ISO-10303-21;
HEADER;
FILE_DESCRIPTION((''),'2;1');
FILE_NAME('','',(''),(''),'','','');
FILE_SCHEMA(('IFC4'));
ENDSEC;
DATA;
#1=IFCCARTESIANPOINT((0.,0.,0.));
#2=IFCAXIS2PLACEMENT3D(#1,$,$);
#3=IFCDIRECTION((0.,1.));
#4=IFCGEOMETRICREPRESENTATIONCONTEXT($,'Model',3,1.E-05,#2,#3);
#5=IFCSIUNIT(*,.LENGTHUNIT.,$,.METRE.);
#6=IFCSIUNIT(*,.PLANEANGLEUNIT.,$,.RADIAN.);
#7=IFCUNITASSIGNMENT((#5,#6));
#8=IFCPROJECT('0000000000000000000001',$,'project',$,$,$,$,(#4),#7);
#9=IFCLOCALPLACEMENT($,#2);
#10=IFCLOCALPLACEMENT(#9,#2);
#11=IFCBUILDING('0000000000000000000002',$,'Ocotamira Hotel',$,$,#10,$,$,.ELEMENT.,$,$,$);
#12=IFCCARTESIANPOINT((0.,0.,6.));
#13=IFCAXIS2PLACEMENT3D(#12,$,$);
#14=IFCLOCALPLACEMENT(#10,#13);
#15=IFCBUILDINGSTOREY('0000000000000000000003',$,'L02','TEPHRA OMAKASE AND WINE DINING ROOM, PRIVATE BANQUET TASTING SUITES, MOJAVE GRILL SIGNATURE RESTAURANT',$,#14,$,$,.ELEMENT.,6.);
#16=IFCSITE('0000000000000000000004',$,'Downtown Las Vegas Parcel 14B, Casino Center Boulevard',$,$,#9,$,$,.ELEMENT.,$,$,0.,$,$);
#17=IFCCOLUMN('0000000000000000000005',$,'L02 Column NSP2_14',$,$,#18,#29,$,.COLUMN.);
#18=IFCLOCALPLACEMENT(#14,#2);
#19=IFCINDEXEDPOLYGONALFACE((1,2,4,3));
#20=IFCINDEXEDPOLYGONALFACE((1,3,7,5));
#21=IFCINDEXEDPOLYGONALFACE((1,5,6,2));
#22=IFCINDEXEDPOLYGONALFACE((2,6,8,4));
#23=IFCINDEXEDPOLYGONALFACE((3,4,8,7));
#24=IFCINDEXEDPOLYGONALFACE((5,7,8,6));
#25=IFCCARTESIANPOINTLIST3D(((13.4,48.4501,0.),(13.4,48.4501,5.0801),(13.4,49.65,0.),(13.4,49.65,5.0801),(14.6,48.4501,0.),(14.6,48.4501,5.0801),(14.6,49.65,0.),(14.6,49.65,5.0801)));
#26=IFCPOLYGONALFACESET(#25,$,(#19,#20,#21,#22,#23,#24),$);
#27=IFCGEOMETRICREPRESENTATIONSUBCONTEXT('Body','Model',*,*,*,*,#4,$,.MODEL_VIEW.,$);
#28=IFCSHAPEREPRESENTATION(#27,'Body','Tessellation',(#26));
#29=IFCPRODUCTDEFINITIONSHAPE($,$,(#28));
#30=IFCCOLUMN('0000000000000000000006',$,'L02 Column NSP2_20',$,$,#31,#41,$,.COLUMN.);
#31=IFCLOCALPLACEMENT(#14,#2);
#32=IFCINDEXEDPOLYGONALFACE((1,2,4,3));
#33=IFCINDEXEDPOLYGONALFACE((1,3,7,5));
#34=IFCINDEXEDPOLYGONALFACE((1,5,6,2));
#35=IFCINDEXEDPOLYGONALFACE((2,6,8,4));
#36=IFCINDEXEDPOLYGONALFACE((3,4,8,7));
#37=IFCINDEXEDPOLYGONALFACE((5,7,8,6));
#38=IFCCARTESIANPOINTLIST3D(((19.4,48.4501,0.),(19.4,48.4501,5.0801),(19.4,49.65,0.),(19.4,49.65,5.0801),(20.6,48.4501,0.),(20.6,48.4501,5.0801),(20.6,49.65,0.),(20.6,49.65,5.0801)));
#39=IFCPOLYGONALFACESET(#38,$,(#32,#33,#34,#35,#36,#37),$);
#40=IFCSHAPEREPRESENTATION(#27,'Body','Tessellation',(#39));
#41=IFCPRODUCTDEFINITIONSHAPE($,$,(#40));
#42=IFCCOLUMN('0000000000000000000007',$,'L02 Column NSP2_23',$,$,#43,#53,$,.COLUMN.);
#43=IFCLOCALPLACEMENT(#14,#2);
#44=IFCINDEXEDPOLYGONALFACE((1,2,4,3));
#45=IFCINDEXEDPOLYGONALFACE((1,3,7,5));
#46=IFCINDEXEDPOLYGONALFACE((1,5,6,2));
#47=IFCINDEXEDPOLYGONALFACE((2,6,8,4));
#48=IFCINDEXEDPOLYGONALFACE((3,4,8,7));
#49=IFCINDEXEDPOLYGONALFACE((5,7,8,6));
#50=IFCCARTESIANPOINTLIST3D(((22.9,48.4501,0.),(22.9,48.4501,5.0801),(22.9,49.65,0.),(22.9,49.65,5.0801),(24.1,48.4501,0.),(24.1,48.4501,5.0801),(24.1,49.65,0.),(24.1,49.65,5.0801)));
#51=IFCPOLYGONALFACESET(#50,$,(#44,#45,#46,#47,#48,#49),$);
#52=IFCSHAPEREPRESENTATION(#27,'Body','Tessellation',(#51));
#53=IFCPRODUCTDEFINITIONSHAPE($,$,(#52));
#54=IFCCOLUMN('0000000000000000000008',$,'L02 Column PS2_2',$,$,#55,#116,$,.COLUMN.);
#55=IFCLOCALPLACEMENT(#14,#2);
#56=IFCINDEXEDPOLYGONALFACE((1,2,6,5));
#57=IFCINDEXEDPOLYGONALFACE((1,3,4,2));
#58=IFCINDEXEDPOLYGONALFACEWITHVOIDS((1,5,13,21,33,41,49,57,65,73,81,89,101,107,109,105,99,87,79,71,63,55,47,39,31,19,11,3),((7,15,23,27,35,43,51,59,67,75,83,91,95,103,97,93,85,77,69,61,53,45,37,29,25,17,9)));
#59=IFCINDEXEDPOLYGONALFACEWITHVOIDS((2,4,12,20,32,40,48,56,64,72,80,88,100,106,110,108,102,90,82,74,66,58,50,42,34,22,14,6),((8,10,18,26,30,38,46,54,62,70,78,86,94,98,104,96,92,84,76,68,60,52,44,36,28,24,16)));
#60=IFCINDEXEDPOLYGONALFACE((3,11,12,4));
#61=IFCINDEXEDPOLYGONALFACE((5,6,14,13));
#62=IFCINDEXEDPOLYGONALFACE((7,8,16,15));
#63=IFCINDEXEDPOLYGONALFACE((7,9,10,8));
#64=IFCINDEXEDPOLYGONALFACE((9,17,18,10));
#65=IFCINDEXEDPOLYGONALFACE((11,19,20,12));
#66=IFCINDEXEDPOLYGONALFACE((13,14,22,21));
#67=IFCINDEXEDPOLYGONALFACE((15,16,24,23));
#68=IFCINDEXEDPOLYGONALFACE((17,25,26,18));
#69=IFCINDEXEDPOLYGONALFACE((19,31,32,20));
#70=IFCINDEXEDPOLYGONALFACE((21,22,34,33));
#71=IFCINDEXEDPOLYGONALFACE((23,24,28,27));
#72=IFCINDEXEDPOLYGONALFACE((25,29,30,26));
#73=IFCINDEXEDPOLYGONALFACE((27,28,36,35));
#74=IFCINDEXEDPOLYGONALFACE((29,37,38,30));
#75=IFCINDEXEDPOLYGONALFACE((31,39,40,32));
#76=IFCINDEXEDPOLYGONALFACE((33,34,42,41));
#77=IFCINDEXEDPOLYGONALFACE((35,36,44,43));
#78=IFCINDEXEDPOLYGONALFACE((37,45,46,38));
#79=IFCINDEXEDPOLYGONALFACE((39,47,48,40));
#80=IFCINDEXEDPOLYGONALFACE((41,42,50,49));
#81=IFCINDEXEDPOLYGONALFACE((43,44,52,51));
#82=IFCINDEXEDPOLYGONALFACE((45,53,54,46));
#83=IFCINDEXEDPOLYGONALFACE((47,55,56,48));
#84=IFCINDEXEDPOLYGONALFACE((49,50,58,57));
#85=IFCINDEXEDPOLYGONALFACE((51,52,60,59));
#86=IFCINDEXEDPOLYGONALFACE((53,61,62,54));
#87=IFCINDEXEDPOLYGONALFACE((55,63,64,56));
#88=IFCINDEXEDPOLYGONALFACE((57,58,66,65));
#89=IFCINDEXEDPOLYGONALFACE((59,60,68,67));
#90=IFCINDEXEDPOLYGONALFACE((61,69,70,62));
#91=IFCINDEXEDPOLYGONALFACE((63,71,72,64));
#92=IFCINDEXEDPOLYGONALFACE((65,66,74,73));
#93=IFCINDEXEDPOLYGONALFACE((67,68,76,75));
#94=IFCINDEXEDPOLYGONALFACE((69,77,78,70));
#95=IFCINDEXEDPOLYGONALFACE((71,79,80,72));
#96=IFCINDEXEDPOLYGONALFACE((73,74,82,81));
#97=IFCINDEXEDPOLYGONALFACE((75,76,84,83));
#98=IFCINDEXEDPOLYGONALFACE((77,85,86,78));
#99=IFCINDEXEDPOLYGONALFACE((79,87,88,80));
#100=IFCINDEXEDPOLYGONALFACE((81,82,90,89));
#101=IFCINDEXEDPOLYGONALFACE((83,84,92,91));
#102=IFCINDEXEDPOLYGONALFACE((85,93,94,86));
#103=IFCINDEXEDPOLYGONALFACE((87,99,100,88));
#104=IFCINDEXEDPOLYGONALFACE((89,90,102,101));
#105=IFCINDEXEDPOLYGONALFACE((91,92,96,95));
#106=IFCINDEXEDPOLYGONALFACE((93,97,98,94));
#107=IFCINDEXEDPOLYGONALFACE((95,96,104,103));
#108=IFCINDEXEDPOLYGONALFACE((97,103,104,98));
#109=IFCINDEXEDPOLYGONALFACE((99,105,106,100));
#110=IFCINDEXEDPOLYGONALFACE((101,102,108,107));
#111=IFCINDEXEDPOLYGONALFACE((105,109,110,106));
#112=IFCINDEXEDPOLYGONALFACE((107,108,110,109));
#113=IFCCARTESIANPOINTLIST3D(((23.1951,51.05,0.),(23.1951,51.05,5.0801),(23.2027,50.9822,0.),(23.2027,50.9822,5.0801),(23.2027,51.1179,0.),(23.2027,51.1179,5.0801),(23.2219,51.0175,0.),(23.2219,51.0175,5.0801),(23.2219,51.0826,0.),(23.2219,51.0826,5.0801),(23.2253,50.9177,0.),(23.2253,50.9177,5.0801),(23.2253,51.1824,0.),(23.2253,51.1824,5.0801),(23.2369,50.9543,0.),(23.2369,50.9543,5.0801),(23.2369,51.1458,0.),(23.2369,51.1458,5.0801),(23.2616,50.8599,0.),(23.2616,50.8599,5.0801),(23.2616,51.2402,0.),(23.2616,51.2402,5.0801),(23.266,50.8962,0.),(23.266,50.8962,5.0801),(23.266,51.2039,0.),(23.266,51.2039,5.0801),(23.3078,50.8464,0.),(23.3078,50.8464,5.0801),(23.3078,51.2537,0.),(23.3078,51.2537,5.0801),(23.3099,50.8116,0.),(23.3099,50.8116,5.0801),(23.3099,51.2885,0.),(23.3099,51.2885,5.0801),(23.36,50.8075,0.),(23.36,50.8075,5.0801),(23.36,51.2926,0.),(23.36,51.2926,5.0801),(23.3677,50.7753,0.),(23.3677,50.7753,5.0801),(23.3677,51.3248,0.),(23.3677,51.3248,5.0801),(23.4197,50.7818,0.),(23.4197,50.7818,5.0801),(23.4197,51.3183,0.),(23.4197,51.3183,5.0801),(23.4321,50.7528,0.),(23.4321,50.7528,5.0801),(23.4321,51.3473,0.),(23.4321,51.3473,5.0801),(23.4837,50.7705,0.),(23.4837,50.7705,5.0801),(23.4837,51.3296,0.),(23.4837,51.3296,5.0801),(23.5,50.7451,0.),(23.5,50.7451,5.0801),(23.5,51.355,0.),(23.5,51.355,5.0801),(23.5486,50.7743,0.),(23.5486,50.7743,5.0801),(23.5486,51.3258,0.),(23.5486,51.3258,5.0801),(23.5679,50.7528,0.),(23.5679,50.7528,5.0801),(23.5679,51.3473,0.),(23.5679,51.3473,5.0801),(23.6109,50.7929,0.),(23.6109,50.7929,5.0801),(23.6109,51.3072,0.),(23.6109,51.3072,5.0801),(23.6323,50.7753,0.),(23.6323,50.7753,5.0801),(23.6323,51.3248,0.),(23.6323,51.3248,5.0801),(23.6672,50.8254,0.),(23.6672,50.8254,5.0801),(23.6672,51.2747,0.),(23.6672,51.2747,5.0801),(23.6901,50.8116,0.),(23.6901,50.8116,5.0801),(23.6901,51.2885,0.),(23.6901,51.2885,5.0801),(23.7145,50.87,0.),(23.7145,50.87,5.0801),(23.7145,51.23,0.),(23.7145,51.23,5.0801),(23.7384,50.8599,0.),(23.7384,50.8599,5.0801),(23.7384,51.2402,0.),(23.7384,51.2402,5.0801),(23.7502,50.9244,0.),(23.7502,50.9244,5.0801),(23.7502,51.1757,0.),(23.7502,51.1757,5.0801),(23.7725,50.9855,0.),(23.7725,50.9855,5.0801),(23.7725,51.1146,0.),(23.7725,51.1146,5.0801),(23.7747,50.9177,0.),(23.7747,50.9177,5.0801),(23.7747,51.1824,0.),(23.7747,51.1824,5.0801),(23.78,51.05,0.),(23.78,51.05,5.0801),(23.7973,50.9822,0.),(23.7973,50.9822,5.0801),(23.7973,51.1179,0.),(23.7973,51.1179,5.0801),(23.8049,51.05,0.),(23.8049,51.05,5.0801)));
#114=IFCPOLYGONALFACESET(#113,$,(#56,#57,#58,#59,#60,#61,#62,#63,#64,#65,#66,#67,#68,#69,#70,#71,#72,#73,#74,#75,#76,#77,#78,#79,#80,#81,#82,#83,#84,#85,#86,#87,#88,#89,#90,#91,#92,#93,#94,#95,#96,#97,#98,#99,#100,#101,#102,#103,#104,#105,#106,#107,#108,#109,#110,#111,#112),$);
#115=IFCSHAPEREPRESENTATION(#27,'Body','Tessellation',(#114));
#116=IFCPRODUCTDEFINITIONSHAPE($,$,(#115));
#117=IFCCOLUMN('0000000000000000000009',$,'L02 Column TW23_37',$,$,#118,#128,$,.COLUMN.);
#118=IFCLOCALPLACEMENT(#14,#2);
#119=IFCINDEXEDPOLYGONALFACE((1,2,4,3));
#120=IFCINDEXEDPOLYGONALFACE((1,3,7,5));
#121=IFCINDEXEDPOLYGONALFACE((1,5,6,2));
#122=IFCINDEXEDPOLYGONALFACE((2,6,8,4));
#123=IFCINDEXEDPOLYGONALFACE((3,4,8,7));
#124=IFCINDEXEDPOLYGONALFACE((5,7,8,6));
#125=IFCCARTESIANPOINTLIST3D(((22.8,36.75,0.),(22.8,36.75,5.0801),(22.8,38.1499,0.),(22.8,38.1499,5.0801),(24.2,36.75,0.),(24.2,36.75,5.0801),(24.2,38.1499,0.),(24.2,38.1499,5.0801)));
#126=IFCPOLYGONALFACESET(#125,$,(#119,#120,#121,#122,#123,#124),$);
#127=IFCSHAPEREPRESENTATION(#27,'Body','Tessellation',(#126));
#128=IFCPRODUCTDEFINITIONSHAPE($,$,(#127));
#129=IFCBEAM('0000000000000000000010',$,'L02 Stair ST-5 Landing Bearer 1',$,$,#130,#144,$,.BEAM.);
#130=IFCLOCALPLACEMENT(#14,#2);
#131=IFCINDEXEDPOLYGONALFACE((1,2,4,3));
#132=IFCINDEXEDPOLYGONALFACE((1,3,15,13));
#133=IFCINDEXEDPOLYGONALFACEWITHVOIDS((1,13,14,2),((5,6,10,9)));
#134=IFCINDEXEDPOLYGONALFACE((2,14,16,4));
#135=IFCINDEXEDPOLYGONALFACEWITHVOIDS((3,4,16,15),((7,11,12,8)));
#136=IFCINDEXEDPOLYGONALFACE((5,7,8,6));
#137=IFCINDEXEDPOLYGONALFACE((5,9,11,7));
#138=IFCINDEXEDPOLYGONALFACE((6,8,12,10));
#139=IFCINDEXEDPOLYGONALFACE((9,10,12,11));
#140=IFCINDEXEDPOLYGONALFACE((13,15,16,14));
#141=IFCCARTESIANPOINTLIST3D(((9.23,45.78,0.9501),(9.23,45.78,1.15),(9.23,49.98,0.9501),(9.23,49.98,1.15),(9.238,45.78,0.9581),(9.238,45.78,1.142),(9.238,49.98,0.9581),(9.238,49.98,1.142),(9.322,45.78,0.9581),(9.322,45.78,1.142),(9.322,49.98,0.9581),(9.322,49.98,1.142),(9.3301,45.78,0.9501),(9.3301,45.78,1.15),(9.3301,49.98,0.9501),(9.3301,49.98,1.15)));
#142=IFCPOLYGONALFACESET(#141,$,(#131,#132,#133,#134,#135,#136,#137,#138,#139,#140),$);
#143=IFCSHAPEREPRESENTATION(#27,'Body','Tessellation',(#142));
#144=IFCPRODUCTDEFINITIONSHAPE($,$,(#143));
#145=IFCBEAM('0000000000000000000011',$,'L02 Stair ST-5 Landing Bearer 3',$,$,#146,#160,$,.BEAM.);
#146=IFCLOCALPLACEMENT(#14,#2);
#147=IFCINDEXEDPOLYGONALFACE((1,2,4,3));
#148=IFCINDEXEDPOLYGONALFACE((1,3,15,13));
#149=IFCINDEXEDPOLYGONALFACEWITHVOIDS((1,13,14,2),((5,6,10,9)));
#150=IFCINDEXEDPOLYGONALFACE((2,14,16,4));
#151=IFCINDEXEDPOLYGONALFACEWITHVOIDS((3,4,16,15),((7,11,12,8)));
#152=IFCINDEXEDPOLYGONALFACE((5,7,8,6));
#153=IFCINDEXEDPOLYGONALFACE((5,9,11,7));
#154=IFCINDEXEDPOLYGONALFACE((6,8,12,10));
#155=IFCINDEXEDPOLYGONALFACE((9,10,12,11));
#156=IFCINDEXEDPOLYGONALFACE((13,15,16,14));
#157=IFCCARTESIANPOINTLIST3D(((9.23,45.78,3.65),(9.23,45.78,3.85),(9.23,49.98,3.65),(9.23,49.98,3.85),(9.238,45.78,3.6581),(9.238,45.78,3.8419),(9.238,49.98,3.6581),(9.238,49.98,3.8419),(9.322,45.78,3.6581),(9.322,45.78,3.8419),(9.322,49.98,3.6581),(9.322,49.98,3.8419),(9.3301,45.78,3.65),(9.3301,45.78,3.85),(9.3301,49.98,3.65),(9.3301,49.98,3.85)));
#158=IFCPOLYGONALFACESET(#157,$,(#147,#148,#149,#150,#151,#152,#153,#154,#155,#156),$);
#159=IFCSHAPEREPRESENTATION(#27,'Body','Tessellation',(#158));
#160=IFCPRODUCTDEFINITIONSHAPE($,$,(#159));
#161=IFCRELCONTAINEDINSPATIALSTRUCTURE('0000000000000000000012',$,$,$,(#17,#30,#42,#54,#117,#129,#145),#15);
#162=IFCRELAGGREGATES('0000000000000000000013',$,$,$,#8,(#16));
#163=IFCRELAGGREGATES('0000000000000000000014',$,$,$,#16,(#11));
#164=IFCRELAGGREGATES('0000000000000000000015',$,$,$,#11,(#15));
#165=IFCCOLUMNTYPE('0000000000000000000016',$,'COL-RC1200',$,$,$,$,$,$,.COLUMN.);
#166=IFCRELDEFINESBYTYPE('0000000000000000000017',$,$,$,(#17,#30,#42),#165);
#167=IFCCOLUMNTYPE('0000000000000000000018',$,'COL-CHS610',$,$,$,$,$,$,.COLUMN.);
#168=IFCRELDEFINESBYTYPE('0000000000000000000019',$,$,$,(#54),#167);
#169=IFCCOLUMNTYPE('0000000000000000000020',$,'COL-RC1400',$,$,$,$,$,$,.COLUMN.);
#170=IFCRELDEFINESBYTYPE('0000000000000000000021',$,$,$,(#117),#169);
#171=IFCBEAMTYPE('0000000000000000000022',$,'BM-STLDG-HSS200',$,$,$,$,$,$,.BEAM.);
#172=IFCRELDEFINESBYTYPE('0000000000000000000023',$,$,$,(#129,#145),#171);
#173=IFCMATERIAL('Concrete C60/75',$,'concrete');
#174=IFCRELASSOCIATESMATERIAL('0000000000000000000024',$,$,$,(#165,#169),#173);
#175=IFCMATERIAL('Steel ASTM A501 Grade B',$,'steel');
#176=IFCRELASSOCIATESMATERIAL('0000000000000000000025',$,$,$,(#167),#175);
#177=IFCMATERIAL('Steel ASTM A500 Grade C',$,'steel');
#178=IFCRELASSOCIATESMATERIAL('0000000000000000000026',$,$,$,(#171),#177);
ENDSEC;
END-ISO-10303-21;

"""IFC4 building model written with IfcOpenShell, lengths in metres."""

from ifc_helpers import new_model, si_unit, direction, frame, origin, origin_2d, place, context, subcontext, project, spatial, rectangle, hollow_rectangle, hollow_circle, extrude, source, transform, mapped, material, material_profile, profile_set, type_object, element, save


model = new_model("IFC4")

# Units and contexts
model_context = context("Model", 3, precision=1e-05, world=origin(), true_north=direction((0.0, 1.0)))
body_context = subcontext(model_context, "Body", "Model", "MODEL_VIEW")
ifc_project = project(units=[si_unit("LENGTHUNIT", "METRE"), si_unit("PLANEANGLEUNIT", "RADIAN")], contexts=[model_context])

# Site, building, storey
site_placement = place(None, origin())
site = spatial("IfcSite", under=ifc_project, at=site_placement, Name="Downtown Las Vegas Parcel 14B, Casino Center Boulevard", CompositionType="ELEMENT", RefElevation=0.0)
building_placement = place(site_placement, origin())
building = spatial("IfcBuilding", under=site, at=building_placement, Name="Ocotamira Hotel", CompositionType="ELEMENT")
storey_placement = place(building_placement, frame((0.0, 0.0, 6.0)))
storey = spatial("IfcBuildingStorey", under=building, at=storey_placement, Name="L02", Description="TEPHRA OMAKASE AND WINE DINING ROOM, PRIVATE BANQUET TASTING SUITES, MOJAVE GRILL SIGNATURE RESTAURANT", CompositionType="ELEMENT", Elevation=6.0)

# Columns
ifc_material_1 = material(Name="Concrete C60/75", Category="concrete")
ifc_material_profile_1 = material_profile(ifc_material_1, rectangle(XDim=1.2, YDim=1.2, at=origin_2d()), Name="RC1200X1200")
ifc_profile_set_1 = profile_set([ifc_material_profile_1], Name="Concrete C60/75")
column_type_1 = type_object("IfcColumnType", Name="COL-RC1200", PredefinedType="COLUMN", material=ifc_profile_set_1)
shared_shape_1 = source(origin(), body_context, "Body", "SweptSolid", [
    extrude(rectangle(XDim=1.2, YDim=1.2, at=origin_2d()), origin(), (0.0, 0.0, 1.0), 5.0801),
])
for number, where, z_axis, x_axis, name in (
    (1, (14.0, 49.05, 0.0), (0.0, 0.0, 1.0), (1.0, 0.0, 0.0), "L02 Column NSP2_14"),
    (2, (20.0, 49.05, 0.0), (0.0, 0.0, 1.0), (1.0, 0.0, 0.0), "L02 Column NSP2_20"),
    (3, (23.5, 49.05, 0.0), (0.0, 0.0, 1.0), (1.0, 0.0, 0.0), "L02 Column NSP2_23"),
):
    element("IfcColumn", number, at=place(storey_placement, frame(where, z_axis=z_axis, x_axis=x_axis)), inside=storey, type_object=column_type_1, Name=name, PredefinedType="COLUMN", context=body_context, shape_type="MappedRepresentation", body=[
        mapped(shared_shape_1, transform((0.0, 0.0, 0.0), scale=1.0)),
    ])
ifc_material_2 = material(Name="Steel ASTM A501 Grade B", Category="steel")
ifc_material_profile_2 = material_profile(ifc_material_2, hollow_circle(Radius=0.3049, WallThickness=0.0249, at=origin_2d()), Name="CHS610X25")
ifc_profile_set_2 = profile_set([ifc_material_profile_2], Name="Steel ASTM A501 Grade B")
column_type_2 = type_object("IfcColumnType", Name="COL-CHS610", PredefinedType="COLUMN", material=ifc_profile_set_2)
shared_shape_2 = source(origin(), body_context, "Body", "SweptSolid", [
    extrude(hollow_circle(Radius=0.3049, WallThickness=0.0249, at=origin_2d()), origin(), (0.0, 0.0, 1.0), 5.0801),
])
column_1_placement = place(storey_placement, frame((23.5, 51.05, 0.0), z_axis=(0.0, 0.0, 1.0), x_axis=(1.0, 0.0, 0.0)))
element("IfcColumn", 4, at=column_1_placement, inside=storey, type_object=column_type_2, Name="L02 Column PS2_2", PredefinedType="COLUMN", context=body_context, shape_type="MappedRepresentation", body=[
    mapped(shared_shape_2, transform((0.0, 0.0, 0.0), scale=1.0)),
])
ifc_material_profile_3 = material_profile(ifc_material_1, rectangle(XDim=1.3999, YDim=1.3999, at=origin_2d()), Name="RC1400X1400")
ifc_profile_set_3 = profile_set([ifc_material_profile_3], Name="Concrete C60/75")
column_type_3 = type_object("IfcColumnType", Name="COL-RC1400", PredefinedType="COLUMN", material=ifc_profile_set_3)
shared_shape_3 = source(origin(), body_context, "Body", "SweptSolid", [
    extrude(rectangle(XDim=1.3999, YDim=1.3999, at=origin_2d()), origin(), (0.0, 0.0, 1.0), 5.0801),
])
column_2_placement = place(storey_placement, frame((23.5, 37.45, 0.0), z_axis=(0.0, 0.0, 1.0), x_axis=(1.0, 0.0, 0.0)))
element("IfcColumn", 5, at=column_2_placement, inside=storey, type_object=column_type_3, Name="L02 Column TW23_37", PredefinedType="COLUMN", context=body_context, shape_type="MappedRepresentation", body=[
    mapped(shared_shape_3, transform((0.0, 0.0, 0.0), scale=1.0)),
])

# Beams
ifc_material_3 = material(Name="Steel ASTM A500 Grade C", Category="steel")
ifc_material_profile_4 = material_profile(ifc_material_3, hollow_rectangle(XDim=0.1001, YDim=0.2, WallThickness=0.0081, at=origin_2d()), Name="HSS200X100X8")
ifc_profile_set_4 = profile_set([ifc_material_profile_4], Name="Steel ASTM A500 Grade C")
beam_type_1 = type_object("IfcBeamType", Name="BM-STLDG-HSS200", PredefinedType="BEAM", material=ifc_profile_set_4)
shared_shape_4 = source(origin(), body_context, "Body", "SweptSolid", [
    extrude(hollow_rectangle(XDim=0.1001, YDim=0.2, WallThickness=0.0081, at=origin_2d()), origin(), (0.0, 0.0, 1.0), 4.2),
])
for number, where, z_axis, x_axis, name in (
    (6, (9.28, 45.78, 1.05), (0.0, 1.0, 0.0), (-1.0, 0.0, 0.0), "L02 Stair ST-5 Landing Bearer 1"),
    (7, (9.28, 45.78, 3.75), (0.0, 1.0, 0.0), (-1.0, 0.0, 0.0), "L02 Stair ST-5 Landing Bearer 3"),
):
    element("IfcBeam", number, at=place(storey_placement, frame(where, z_axis=z_axis, x_axis=x_axis)), inside=storey, type_object=beam_type_1, Name=name, PredefinedType="BEAM", context=body_context, shape_type="MappedRepresentation", body=[
        mapped(shared_shape_4, transform((0.0, 0.0, 0.0), scale=1.0)),
    ])

save(model, "model.ifc")
